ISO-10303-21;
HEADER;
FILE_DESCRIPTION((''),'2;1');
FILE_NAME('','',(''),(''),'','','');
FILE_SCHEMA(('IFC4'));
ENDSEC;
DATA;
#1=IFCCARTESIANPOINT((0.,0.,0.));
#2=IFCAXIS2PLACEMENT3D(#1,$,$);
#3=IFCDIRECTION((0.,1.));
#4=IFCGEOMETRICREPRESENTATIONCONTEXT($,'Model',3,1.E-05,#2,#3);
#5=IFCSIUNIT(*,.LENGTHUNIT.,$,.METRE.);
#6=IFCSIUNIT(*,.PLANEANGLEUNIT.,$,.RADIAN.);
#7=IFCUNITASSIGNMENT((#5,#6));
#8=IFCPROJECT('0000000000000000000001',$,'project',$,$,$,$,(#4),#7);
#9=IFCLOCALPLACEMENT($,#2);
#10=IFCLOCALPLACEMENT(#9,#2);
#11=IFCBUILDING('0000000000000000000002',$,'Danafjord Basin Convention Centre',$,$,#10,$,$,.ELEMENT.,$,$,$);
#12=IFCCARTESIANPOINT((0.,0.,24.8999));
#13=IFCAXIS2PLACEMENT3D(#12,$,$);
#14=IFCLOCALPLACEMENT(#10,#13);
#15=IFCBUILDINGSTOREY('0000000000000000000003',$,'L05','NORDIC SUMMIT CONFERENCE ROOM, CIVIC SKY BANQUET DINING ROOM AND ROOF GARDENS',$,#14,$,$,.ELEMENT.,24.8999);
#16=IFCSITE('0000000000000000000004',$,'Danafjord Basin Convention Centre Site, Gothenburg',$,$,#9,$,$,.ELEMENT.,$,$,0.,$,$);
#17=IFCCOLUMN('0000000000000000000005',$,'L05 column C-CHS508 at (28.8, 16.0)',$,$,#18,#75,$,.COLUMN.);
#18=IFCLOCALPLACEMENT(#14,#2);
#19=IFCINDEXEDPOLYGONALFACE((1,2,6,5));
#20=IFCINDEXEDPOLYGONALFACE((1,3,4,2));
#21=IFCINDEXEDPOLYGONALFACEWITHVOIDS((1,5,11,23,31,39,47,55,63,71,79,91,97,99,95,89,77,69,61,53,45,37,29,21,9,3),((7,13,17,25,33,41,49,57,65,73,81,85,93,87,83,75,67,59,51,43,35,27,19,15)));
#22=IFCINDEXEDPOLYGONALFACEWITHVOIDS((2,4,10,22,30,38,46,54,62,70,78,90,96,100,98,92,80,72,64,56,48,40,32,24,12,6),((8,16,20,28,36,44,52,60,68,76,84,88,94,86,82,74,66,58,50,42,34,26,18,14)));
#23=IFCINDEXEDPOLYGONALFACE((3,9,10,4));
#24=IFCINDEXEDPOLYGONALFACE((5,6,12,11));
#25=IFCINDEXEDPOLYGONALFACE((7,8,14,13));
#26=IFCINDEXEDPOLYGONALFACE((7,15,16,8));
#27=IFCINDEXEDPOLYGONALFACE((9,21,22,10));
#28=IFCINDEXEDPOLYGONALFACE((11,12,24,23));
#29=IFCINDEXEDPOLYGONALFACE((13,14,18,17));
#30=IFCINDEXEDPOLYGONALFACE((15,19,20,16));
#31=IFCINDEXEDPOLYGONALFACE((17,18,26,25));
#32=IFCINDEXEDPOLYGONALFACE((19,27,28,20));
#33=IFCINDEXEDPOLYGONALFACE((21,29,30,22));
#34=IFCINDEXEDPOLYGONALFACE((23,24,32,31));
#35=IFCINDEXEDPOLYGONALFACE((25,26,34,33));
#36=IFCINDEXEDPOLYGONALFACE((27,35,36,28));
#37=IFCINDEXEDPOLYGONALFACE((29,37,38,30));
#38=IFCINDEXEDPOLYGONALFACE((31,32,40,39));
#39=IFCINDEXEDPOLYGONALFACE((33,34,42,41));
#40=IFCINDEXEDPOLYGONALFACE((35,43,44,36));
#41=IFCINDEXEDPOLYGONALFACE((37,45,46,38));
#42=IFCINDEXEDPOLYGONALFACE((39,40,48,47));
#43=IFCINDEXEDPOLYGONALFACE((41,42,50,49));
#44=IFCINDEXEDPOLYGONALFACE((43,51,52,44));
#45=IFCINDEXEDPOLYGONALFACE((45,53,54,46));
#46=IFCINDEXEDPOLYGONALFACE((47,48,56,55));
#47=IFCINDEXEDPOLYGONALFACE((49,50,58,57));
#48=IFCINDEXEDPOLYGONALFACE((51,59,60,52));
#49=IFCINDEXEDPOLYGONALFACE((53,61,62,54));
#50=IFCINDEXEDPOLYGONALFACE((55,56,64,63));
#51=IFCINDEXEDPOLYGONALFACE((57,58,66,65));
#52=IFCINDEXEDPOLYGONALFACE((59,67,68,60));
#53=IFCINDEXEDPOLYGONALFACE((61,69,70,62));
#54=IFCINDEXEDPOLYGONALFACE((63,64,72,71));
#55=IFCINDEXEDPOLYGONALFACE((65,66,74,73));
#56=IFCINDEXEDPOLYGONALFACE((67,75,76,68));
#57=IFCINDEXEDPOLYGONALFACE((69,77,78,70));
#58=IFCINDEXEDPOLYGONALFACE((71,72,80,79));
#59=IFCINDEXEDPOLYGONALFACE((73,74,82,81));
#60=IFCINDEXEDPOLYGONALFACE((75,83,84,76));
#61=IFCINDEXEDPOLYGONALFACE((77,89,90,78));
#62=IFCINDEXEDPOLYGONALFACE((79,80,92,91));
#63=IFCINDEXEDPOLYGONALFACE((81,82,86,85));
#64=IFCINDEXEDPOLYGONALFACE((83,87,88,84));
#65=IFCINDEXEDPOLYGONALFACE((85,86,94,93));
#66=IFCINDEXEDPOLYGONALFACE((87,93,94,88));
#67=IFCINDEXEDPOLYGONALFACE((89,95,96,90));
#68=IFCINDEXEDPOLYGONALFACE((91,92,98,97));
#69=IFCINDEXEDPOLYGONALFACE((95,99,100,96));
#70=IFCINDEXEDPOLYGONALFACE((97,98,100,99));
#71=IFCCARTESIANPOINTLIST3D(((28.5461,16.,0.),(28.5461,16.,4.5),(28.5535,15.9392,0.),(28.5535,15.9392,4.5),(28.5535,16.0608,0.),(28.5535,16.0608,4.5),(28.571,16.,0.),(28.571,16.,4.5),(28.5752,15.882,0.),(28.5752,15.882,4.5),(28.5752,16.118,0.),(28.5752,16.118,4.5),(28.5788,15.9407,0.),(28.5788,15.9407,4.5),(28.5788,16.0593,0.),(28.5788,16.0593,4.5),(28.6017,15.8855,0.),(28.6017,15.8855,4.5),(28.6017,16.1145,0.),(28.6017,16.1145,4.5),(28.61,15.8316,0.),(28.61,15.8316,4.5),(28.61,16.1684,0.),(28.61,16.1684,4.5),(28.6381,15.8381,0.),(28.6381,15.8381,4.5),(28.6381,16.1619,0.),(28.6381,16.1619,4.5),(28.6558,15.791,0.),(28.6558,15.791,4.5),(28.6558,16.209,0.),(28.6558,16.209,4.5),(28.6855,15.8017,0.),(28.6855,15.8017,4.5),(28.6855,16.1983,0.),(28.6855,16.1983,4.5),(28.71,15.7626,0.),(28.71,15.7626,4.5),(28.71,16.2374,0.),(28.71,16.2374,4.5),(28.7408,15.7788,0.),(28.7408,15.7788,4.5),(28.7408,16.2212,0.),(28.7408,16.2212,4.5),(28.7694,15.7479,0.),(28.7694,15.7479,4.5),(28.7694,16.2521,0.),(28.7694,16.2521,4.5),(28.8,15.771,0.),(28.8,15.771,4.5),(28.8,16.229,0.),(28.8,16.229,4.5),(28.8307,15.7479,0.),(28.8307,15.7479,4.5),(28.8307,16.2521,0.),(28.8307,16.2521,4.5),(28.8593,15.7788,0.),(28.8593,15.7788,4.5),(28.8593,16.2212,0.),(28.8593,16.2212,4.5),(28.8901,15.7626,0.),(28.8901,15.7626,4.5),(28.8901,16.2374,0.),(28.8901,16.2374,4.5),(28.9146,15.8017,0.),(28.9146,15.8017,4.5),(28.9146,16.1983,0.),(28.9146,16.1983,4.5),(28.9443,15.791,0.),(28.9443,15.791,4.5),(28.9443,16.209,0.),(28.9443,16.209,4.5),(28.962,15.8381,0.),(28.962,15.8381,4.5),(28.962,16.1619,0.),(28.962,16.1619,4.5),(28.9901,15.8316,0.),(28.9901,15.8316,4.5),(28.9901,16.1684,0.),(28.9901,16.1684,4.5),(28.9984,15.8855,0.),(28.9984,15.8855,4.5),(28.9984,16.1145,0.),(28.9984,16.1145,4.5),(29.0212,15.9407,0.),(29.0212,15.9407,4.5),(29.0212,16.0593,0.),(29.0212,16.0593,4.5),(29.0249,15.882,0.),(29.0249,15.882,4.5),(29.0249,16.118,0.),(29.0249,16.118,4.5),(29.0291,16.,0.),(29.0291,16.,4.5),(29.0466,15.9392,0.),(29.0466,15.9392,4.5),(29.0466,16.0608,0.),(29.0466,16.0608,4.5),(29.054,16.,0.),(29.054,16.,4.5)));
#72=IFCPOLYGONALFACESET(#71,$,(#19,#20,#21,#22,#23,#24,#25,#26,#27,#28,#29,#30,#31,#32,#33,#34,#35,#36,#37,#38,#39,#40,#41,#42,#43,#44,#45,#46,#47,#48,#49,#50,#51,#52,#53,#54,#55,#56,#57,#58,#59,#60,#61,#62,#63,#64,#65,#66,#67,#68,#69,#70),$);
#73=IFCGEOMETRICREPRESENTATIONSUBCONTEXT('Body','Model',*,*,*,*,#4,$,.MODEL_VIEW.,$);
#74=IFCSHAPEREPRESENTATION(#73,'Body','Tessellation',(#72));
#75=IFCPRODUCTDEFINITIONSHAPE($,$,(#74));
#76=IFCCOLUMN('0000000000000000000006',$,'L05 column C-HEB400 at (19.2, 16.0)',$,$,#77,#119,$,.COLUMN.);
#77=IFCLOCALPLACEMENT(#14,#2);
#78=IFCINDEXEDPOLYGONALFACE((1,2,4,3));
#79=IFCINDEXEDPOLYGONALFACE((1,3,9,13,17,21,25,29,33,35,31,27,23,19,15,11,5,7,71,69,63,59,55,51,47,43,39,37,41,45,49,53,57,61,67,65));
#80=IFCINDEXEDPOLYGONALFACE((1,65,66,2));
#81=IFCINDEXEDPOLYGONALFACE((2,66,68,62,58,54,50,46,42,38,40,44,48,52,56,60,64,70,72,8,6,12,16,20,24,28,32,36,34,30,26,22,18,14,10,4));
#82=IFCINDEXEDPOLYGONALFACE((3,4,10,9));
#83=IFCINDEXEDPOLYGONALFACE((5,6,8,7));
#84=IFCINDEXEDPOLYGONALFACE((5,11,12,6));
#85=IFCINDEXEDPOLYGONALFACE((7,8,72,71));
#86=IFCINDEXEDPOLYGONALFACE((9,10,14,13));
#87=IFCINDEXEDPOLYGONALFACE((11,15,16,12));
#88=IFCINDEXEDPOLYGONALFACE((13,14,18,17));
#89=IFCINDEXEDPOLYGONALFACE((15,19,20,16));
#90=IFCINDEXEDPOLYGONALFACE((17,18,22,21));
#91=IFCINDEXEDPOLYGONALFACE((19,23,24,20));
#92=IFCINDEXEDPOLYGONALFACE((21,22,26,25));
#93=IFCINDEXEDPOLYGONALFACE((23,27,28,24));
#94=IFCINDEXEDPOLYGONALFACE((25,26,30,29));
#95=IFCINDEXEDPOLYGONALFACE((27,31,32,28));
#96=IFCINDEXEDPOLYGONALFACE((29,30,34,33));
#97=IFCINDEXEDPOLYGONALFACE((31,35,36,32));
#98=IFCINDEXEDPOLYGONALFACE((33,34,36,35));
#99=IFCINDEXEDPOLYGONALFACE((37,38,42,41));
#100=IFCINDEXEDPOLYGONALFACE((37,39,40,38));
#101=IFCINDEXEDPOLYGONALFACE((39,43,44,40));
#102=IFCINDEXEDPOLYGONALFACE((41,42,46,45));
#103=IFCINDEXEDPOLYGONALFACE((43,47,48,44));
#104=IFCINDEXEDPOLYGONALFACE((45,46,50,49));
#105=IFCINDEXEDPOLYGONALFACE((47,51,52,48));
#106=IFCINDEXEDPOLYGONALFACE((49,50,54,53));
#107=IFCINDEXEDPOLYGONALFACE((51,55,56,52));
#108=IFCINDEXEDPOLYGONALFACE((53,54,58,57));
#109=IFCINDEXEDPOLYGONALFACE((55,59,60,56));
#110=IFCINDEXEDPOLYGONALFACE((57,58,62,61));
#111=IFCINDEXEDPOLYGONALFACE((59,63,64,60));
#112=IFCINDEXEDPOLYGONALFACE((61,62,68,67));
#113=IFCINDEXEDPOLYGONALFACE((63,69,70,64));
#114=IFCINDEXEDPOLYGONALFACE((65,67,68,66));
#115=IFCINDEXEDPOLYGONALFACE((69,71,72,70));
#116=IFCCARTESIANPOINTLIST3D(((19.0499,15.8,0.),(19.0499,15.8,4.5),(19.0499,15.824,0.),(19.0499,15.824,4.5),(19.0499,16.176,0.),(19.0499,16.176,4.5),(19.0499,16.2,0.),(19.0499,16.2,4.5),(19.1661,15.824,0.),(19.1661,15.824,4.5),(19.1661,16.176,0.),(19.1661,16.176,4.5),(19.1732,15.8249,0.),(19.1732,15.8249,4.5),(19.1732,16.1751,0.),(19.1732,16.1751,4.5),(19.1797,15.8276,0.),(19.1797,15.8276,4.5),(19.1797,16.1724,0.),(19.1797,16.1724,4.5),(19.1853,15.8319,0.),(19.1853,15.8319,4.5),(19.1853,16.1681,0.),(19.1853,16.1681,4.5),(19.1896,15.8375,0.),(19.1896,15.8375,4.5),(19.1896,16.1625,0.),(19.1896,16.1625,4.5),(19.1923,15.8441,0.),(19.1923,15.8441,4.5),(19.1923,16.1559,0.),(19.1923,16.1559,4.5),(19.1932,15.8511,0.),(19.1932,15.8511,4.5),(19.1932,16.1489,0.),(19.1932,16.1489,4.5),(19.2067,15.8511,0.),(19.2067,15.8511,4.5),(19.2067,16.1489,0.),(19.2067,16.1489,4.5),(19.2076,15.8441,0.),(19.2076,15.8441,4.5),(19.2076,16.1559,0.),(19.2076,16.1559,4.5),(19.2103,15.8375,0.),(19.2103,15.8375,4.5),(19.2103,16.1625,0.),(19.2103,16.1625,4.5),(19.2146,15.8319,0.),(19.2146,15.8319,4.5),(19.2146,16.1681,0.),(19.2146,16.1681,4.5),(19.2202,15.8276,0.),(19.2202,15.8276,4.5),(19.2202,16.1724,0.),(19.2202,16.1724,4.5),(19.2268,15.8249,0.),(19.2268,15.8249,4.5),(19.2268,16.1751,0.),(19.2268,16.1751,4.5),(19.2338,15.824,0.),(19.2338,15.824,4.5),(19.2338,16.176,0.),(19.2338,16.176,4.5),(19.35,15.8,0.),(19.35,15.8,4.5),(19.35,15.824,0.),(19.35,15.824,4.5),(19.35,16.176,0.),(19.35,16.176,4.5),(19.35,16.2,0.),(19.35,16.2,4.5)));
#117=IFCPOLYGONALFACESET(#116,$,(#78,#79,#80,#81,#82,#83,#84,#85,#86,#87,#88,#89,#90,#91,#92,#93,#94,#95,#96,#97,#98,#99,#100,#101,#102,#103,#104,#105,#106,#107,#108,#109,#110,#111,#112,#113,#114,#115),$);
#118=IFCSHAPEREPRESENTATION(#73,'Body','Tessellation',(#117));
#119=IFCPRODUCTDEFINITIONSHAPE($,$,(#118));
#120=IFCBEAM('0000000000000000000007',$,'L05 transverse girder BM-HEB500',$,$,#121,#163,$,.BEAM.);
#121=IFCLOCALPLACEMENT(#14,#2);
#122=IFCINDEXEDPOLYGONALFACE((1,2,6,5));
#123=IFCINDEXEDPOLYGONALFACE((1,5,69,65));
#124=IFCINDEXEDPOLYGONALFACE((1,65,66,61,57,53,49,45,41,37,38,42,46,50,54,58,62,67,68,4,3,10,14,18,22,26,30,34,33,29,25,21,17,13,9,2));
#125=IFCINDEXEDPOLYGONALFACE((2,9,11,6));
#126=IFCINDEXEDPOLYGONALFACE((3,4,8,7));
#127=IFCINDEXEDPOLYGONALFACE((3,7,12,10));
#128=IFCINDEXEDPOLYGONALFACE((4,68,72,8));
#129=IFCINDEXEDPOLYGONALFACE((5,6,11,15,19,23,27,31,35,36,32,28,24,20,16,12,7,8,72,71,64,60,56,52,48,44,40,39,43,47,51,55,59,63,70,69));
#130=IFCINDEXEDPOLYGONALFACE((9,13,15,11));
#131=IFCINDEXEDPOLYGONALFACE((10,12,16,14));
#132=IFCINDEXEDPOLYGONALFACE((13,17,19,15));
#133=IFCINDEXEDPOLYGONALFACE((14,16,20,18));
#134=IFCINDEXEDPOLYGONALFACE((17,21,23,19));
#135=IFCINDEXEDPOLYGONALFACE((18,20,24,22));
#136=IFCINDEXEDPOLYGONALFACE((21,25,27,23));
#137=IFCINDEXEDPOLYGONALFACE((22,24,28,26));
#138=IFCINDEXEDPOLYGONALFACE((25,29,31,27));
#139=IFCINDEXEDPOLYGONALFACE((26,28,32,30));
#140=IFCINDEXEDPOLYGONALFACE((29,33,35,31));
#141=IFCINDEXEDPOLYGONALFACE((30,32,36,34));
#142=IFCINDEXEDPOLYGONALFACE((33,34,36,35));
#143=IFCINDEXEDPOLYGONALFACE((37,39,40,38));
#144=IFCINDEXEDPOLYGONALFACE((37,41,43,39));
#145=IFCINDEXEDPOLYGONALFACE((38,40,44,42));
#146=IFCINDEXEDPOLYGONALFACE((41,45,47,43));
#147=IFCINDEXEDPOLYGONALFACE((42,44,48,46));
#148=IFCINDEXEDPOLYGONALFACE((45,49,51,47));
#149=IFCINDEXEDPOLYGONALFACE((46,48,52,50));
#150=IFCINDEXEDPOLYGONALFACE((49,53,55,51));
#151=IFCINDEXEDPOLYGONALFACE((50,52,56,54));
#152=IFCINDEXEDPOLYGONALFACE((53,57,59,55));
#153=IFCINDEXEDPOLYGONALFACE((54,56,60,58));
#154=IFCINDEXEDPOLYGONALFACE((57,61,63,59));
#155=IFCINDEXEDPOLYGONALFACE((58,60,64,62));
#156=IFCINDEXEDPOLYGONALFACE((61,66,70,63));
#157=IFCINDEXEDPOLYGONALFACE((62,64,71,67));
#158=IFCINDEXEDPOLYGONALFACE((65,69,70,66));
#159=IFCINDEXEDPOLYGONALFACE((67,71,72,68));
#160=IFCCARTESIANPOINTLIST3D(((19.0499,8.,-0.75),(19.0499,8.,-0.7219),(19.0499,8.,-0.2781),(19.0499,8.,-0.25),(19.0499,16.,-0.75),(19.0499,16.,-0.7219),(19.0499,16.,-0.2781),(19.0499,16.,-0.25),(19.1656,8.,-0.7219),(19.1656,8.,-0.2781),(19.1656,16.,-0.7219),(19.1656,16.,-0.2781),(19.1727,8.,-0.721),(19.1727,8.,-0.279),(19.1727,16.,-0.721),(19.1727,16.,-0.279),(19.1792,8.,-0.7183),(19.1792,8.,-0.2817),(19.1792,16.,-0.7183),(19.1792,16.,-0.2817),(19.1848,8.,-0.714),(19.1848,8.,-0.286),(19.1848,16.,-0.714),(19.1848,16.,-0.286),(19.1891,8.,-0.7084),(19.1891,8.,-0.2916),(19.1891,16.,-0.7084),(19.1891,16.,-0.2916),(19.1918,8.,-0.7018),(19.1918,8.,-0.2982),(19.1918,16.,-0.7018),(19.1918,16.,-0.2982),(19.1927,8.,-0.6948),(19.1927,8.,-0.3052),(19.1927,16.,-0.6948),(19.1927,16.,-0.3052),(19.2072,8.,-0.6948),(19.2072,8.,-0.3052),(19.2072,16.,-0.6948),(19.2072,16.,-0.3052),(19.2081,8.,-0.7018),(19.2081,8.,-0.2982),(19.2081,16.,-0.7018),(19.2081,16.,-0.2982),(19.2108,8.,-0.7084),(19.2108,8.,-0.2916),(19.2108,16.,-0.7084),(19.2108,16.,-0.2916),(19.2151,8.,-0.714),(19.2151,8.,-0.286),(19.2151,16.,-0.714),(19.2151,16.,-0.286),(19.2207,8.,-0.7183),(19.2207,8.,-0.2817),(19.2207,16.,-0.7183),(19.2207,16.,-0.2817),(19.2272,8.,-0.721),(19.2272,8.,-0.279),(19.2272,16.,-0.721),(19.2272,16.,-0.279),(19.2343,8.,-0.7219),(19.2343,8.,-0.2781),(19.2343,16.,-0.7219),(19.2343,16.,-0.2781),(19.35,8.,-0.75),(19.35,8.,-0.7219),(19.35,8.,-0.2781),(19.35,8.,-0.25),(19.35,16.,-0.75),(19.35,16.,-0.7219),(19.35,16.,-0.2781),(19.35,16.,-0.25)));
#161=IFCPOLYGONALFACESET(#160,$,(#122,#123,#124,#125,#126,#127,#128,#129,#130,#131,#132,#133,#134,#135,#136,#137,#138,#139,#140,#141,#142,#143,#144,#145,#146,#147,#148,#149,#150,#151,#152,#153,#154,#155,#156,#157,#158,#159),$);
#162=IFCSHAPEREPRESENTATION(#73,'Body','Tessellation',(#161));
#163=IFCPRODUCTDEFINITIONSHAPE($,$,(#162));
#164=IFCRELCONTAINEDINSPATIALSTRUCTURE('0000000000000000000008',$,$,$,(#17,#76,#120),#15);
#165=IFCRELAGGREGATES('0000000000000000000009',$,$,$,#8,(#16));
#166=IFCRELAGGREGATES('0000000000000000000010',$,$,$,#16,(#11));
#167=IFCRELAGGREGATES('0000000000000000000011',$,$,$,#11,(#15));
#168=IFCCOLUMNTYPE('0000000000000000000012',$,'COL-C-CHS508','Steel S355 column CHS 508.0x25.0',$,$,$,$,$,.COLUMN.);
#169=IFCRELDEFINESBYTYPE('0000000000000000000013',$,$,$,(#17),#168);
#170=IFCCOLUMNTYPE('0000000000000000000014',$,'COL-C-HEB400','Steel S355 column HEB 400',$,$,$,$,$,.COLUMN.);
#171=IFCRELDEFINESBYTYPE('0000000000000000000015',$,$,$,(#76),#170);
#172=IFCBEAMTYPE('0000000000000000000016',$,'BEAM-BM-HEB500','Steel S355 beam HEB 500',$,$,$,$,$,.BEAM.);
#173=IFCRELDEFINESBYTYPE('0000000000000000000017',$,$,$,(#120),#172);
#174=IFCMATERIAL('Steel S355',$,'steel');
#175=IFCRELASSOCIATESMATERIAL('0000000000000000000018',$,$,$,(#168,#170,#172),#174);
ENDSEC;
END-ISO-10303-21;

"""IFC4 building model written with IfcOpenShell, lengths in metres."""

from ifc_helpers import new_model, si_unit, direction, frame, origin, origin_2d, place, context, subcontext, project, spatial, hollow_circle, i_section, extrude, material, material_profile, profile_set, type_object, element, save


model = new_model("IFC4")

# Units and contexts
model_context = context("Model", 3, precision=1e-05, world=origin(), true_north=direction((0.0, 1.0)))
body_context = subcontext(model_context, "Body", "Model", "MODEL_VIEW")
ifc_project = project(units=[si_unit("LENGTHUNIT", "METRE"), si_unit("PLANEANGLEUNIT", "RADIAN")], contexts=[model_context])

# Site, building, storey
site_placement = place(None, origin())
site = spatial("IfcSite", under=ifc_project, at=site_placement, Name="Danafjord Basin Convention Centre Site, Gothenburg", CompositionType="ELEMENT", RefElevation=0.0)
building_placement = place(site_placement, origin())
building = spatial("IfcBuilding", under=site, at=building_placement, Name="Danafjord Basin Convention Centre", CompositionType="ELEMENT")
storey_placement = place(building_placement, frame((0.0, 0.0, 24.8999)))
storey = spatial("IfcBuildingStorey", under=building, at=storey_placement, Name="L05", Description="NORDIC SUMMIT CONFERENCE ROOM, CIVIC SKY BANQUET DINING ROOM AND ROOF GARDENS", CompositionType="ELEMENT", Elevation=24.8999)

# Columns
ifc_material_1 = material(Name="Steel S355", Category="steel")
ifc_material_profile_1 = material_profile(ifc_material_1, hollow_circle(Radius=0.2539, WallThickness=0.0249, at=origin_2d()), Name="CHS 508.0x25.0")
ifc_profile_set_1 = profile_set([ifc_material_profile_1], Name="Steel S355")
column_type_1 = type_object("IfcColumnType", Name="COL-C-CHS508", Description="Steel S355 column CHS 508.0x25.0", PredefinedType="COLUMN", material=ifc_profile_set_1)
column_1_placement = place(storey_placement, frame((28.8, 16.0, 0.0), z_axis=(0.0, 0.0, 1.0), x_axis=(1.0, 0.0, 0.0)))
element("IfcColumn", 1, at=column_1_placement, inside=storey, type_object=column_type_1, Name="L05 column C-CHS508 at (28.8, 16.0)", PredefinedType="COLUMN", context=body_context, shape_type="SweptSolid", body=[
    extrude(hollow_circle(Radius=0.2539, WallThickness=0.0249, at=origin_2d()), origin(), (0.0, 0.0, 1.0), 4.5),
])
ifc_material_profile_2 = material_profile(ifc_material_1, i_section(OverallWidth=0.3, OverallDepth=0.3999, WebThickness=0.0134, FlangeThickness=0.0239, FilletRadius=0.0271, at=origin_2d()), Name="HEB 400")
ifc_profile_set_2 = profile_set([ifc_material_profile_2], Name="Steel S355")
column_type_2 = type_object("IfcColumnType", Name="COL-C-HEB400", Description="Steel S355 column HEB 400", PredefinedType="COLUMN", material=ifc_profile_set_2)
column_2_placement = place(storey_placement, frame((19.2, 16.0, 0.0), z_axis=(0.0, 0.0, 1.0), x_axis=(1.0, 0.0, 0.0)))
element("IfcColumn", 2, at=column_2_placement, inside=storey, type_object=column_type_2, Name="L05 column C-HEB400 at (19.2, 16.0)", PredefinedType="COLUMN", context=body_context, shape_type="SweptSolid", body=[
    extrude(i_section(OverallWidth=0.3, OverallDepth=0.3999, WebThickness=0.0134, FlangeThickness=0.0239, FilletRadius=0.0271, at=origin_2d()), origin(), (0.0, 0.0, 1.0), 4.5),
])

# Beam
ifc_material_profile_3 = material_profile(ifc_material_1, i_section(OverallWidth=0.3, OverallDepth=0.5, WebThickness=0.0144, FlangeThickness=0.0281, FilletRadius=0.0271, at=origin_2d()), Name="HEB 500")
ifc_profile_set_3 = profile_set([ifc_material_profile_3], Name="Steel S355")
beam_type_1 = type_object("IfcBeamType", Name="BEAM-BM-HEB500", Description="Steel S355 beam HEB 500", PredefinedType="BEAM", material=ifc_profile_set_3)
beam_1_placement = place(storey_placement, frame((19.2, 8.0, -0.5), z_axis=(0.0, 1.0, 0.0), x_axis=(-1.0, 0.0, 0.0)))
element("IfcBeam", 3, at=beam_1_placement, inside=storey, type_object=beam_type_1, Name="L05 transverse girder BM-HEB500", PredefinedType="BEAM", context=body_context, shape_type="SweptSolid", body=[
    extrude(i_section(OverallWidth=0.3, OverallDepth=0.5, WebThickness=0.0144, FlangeThickness=0.0281, FilletRadius=0.0271, at=origin_2d()), origin(), (0.0, 0.0, 1.0), 8.0),
])

save(model, "model.ifc")
